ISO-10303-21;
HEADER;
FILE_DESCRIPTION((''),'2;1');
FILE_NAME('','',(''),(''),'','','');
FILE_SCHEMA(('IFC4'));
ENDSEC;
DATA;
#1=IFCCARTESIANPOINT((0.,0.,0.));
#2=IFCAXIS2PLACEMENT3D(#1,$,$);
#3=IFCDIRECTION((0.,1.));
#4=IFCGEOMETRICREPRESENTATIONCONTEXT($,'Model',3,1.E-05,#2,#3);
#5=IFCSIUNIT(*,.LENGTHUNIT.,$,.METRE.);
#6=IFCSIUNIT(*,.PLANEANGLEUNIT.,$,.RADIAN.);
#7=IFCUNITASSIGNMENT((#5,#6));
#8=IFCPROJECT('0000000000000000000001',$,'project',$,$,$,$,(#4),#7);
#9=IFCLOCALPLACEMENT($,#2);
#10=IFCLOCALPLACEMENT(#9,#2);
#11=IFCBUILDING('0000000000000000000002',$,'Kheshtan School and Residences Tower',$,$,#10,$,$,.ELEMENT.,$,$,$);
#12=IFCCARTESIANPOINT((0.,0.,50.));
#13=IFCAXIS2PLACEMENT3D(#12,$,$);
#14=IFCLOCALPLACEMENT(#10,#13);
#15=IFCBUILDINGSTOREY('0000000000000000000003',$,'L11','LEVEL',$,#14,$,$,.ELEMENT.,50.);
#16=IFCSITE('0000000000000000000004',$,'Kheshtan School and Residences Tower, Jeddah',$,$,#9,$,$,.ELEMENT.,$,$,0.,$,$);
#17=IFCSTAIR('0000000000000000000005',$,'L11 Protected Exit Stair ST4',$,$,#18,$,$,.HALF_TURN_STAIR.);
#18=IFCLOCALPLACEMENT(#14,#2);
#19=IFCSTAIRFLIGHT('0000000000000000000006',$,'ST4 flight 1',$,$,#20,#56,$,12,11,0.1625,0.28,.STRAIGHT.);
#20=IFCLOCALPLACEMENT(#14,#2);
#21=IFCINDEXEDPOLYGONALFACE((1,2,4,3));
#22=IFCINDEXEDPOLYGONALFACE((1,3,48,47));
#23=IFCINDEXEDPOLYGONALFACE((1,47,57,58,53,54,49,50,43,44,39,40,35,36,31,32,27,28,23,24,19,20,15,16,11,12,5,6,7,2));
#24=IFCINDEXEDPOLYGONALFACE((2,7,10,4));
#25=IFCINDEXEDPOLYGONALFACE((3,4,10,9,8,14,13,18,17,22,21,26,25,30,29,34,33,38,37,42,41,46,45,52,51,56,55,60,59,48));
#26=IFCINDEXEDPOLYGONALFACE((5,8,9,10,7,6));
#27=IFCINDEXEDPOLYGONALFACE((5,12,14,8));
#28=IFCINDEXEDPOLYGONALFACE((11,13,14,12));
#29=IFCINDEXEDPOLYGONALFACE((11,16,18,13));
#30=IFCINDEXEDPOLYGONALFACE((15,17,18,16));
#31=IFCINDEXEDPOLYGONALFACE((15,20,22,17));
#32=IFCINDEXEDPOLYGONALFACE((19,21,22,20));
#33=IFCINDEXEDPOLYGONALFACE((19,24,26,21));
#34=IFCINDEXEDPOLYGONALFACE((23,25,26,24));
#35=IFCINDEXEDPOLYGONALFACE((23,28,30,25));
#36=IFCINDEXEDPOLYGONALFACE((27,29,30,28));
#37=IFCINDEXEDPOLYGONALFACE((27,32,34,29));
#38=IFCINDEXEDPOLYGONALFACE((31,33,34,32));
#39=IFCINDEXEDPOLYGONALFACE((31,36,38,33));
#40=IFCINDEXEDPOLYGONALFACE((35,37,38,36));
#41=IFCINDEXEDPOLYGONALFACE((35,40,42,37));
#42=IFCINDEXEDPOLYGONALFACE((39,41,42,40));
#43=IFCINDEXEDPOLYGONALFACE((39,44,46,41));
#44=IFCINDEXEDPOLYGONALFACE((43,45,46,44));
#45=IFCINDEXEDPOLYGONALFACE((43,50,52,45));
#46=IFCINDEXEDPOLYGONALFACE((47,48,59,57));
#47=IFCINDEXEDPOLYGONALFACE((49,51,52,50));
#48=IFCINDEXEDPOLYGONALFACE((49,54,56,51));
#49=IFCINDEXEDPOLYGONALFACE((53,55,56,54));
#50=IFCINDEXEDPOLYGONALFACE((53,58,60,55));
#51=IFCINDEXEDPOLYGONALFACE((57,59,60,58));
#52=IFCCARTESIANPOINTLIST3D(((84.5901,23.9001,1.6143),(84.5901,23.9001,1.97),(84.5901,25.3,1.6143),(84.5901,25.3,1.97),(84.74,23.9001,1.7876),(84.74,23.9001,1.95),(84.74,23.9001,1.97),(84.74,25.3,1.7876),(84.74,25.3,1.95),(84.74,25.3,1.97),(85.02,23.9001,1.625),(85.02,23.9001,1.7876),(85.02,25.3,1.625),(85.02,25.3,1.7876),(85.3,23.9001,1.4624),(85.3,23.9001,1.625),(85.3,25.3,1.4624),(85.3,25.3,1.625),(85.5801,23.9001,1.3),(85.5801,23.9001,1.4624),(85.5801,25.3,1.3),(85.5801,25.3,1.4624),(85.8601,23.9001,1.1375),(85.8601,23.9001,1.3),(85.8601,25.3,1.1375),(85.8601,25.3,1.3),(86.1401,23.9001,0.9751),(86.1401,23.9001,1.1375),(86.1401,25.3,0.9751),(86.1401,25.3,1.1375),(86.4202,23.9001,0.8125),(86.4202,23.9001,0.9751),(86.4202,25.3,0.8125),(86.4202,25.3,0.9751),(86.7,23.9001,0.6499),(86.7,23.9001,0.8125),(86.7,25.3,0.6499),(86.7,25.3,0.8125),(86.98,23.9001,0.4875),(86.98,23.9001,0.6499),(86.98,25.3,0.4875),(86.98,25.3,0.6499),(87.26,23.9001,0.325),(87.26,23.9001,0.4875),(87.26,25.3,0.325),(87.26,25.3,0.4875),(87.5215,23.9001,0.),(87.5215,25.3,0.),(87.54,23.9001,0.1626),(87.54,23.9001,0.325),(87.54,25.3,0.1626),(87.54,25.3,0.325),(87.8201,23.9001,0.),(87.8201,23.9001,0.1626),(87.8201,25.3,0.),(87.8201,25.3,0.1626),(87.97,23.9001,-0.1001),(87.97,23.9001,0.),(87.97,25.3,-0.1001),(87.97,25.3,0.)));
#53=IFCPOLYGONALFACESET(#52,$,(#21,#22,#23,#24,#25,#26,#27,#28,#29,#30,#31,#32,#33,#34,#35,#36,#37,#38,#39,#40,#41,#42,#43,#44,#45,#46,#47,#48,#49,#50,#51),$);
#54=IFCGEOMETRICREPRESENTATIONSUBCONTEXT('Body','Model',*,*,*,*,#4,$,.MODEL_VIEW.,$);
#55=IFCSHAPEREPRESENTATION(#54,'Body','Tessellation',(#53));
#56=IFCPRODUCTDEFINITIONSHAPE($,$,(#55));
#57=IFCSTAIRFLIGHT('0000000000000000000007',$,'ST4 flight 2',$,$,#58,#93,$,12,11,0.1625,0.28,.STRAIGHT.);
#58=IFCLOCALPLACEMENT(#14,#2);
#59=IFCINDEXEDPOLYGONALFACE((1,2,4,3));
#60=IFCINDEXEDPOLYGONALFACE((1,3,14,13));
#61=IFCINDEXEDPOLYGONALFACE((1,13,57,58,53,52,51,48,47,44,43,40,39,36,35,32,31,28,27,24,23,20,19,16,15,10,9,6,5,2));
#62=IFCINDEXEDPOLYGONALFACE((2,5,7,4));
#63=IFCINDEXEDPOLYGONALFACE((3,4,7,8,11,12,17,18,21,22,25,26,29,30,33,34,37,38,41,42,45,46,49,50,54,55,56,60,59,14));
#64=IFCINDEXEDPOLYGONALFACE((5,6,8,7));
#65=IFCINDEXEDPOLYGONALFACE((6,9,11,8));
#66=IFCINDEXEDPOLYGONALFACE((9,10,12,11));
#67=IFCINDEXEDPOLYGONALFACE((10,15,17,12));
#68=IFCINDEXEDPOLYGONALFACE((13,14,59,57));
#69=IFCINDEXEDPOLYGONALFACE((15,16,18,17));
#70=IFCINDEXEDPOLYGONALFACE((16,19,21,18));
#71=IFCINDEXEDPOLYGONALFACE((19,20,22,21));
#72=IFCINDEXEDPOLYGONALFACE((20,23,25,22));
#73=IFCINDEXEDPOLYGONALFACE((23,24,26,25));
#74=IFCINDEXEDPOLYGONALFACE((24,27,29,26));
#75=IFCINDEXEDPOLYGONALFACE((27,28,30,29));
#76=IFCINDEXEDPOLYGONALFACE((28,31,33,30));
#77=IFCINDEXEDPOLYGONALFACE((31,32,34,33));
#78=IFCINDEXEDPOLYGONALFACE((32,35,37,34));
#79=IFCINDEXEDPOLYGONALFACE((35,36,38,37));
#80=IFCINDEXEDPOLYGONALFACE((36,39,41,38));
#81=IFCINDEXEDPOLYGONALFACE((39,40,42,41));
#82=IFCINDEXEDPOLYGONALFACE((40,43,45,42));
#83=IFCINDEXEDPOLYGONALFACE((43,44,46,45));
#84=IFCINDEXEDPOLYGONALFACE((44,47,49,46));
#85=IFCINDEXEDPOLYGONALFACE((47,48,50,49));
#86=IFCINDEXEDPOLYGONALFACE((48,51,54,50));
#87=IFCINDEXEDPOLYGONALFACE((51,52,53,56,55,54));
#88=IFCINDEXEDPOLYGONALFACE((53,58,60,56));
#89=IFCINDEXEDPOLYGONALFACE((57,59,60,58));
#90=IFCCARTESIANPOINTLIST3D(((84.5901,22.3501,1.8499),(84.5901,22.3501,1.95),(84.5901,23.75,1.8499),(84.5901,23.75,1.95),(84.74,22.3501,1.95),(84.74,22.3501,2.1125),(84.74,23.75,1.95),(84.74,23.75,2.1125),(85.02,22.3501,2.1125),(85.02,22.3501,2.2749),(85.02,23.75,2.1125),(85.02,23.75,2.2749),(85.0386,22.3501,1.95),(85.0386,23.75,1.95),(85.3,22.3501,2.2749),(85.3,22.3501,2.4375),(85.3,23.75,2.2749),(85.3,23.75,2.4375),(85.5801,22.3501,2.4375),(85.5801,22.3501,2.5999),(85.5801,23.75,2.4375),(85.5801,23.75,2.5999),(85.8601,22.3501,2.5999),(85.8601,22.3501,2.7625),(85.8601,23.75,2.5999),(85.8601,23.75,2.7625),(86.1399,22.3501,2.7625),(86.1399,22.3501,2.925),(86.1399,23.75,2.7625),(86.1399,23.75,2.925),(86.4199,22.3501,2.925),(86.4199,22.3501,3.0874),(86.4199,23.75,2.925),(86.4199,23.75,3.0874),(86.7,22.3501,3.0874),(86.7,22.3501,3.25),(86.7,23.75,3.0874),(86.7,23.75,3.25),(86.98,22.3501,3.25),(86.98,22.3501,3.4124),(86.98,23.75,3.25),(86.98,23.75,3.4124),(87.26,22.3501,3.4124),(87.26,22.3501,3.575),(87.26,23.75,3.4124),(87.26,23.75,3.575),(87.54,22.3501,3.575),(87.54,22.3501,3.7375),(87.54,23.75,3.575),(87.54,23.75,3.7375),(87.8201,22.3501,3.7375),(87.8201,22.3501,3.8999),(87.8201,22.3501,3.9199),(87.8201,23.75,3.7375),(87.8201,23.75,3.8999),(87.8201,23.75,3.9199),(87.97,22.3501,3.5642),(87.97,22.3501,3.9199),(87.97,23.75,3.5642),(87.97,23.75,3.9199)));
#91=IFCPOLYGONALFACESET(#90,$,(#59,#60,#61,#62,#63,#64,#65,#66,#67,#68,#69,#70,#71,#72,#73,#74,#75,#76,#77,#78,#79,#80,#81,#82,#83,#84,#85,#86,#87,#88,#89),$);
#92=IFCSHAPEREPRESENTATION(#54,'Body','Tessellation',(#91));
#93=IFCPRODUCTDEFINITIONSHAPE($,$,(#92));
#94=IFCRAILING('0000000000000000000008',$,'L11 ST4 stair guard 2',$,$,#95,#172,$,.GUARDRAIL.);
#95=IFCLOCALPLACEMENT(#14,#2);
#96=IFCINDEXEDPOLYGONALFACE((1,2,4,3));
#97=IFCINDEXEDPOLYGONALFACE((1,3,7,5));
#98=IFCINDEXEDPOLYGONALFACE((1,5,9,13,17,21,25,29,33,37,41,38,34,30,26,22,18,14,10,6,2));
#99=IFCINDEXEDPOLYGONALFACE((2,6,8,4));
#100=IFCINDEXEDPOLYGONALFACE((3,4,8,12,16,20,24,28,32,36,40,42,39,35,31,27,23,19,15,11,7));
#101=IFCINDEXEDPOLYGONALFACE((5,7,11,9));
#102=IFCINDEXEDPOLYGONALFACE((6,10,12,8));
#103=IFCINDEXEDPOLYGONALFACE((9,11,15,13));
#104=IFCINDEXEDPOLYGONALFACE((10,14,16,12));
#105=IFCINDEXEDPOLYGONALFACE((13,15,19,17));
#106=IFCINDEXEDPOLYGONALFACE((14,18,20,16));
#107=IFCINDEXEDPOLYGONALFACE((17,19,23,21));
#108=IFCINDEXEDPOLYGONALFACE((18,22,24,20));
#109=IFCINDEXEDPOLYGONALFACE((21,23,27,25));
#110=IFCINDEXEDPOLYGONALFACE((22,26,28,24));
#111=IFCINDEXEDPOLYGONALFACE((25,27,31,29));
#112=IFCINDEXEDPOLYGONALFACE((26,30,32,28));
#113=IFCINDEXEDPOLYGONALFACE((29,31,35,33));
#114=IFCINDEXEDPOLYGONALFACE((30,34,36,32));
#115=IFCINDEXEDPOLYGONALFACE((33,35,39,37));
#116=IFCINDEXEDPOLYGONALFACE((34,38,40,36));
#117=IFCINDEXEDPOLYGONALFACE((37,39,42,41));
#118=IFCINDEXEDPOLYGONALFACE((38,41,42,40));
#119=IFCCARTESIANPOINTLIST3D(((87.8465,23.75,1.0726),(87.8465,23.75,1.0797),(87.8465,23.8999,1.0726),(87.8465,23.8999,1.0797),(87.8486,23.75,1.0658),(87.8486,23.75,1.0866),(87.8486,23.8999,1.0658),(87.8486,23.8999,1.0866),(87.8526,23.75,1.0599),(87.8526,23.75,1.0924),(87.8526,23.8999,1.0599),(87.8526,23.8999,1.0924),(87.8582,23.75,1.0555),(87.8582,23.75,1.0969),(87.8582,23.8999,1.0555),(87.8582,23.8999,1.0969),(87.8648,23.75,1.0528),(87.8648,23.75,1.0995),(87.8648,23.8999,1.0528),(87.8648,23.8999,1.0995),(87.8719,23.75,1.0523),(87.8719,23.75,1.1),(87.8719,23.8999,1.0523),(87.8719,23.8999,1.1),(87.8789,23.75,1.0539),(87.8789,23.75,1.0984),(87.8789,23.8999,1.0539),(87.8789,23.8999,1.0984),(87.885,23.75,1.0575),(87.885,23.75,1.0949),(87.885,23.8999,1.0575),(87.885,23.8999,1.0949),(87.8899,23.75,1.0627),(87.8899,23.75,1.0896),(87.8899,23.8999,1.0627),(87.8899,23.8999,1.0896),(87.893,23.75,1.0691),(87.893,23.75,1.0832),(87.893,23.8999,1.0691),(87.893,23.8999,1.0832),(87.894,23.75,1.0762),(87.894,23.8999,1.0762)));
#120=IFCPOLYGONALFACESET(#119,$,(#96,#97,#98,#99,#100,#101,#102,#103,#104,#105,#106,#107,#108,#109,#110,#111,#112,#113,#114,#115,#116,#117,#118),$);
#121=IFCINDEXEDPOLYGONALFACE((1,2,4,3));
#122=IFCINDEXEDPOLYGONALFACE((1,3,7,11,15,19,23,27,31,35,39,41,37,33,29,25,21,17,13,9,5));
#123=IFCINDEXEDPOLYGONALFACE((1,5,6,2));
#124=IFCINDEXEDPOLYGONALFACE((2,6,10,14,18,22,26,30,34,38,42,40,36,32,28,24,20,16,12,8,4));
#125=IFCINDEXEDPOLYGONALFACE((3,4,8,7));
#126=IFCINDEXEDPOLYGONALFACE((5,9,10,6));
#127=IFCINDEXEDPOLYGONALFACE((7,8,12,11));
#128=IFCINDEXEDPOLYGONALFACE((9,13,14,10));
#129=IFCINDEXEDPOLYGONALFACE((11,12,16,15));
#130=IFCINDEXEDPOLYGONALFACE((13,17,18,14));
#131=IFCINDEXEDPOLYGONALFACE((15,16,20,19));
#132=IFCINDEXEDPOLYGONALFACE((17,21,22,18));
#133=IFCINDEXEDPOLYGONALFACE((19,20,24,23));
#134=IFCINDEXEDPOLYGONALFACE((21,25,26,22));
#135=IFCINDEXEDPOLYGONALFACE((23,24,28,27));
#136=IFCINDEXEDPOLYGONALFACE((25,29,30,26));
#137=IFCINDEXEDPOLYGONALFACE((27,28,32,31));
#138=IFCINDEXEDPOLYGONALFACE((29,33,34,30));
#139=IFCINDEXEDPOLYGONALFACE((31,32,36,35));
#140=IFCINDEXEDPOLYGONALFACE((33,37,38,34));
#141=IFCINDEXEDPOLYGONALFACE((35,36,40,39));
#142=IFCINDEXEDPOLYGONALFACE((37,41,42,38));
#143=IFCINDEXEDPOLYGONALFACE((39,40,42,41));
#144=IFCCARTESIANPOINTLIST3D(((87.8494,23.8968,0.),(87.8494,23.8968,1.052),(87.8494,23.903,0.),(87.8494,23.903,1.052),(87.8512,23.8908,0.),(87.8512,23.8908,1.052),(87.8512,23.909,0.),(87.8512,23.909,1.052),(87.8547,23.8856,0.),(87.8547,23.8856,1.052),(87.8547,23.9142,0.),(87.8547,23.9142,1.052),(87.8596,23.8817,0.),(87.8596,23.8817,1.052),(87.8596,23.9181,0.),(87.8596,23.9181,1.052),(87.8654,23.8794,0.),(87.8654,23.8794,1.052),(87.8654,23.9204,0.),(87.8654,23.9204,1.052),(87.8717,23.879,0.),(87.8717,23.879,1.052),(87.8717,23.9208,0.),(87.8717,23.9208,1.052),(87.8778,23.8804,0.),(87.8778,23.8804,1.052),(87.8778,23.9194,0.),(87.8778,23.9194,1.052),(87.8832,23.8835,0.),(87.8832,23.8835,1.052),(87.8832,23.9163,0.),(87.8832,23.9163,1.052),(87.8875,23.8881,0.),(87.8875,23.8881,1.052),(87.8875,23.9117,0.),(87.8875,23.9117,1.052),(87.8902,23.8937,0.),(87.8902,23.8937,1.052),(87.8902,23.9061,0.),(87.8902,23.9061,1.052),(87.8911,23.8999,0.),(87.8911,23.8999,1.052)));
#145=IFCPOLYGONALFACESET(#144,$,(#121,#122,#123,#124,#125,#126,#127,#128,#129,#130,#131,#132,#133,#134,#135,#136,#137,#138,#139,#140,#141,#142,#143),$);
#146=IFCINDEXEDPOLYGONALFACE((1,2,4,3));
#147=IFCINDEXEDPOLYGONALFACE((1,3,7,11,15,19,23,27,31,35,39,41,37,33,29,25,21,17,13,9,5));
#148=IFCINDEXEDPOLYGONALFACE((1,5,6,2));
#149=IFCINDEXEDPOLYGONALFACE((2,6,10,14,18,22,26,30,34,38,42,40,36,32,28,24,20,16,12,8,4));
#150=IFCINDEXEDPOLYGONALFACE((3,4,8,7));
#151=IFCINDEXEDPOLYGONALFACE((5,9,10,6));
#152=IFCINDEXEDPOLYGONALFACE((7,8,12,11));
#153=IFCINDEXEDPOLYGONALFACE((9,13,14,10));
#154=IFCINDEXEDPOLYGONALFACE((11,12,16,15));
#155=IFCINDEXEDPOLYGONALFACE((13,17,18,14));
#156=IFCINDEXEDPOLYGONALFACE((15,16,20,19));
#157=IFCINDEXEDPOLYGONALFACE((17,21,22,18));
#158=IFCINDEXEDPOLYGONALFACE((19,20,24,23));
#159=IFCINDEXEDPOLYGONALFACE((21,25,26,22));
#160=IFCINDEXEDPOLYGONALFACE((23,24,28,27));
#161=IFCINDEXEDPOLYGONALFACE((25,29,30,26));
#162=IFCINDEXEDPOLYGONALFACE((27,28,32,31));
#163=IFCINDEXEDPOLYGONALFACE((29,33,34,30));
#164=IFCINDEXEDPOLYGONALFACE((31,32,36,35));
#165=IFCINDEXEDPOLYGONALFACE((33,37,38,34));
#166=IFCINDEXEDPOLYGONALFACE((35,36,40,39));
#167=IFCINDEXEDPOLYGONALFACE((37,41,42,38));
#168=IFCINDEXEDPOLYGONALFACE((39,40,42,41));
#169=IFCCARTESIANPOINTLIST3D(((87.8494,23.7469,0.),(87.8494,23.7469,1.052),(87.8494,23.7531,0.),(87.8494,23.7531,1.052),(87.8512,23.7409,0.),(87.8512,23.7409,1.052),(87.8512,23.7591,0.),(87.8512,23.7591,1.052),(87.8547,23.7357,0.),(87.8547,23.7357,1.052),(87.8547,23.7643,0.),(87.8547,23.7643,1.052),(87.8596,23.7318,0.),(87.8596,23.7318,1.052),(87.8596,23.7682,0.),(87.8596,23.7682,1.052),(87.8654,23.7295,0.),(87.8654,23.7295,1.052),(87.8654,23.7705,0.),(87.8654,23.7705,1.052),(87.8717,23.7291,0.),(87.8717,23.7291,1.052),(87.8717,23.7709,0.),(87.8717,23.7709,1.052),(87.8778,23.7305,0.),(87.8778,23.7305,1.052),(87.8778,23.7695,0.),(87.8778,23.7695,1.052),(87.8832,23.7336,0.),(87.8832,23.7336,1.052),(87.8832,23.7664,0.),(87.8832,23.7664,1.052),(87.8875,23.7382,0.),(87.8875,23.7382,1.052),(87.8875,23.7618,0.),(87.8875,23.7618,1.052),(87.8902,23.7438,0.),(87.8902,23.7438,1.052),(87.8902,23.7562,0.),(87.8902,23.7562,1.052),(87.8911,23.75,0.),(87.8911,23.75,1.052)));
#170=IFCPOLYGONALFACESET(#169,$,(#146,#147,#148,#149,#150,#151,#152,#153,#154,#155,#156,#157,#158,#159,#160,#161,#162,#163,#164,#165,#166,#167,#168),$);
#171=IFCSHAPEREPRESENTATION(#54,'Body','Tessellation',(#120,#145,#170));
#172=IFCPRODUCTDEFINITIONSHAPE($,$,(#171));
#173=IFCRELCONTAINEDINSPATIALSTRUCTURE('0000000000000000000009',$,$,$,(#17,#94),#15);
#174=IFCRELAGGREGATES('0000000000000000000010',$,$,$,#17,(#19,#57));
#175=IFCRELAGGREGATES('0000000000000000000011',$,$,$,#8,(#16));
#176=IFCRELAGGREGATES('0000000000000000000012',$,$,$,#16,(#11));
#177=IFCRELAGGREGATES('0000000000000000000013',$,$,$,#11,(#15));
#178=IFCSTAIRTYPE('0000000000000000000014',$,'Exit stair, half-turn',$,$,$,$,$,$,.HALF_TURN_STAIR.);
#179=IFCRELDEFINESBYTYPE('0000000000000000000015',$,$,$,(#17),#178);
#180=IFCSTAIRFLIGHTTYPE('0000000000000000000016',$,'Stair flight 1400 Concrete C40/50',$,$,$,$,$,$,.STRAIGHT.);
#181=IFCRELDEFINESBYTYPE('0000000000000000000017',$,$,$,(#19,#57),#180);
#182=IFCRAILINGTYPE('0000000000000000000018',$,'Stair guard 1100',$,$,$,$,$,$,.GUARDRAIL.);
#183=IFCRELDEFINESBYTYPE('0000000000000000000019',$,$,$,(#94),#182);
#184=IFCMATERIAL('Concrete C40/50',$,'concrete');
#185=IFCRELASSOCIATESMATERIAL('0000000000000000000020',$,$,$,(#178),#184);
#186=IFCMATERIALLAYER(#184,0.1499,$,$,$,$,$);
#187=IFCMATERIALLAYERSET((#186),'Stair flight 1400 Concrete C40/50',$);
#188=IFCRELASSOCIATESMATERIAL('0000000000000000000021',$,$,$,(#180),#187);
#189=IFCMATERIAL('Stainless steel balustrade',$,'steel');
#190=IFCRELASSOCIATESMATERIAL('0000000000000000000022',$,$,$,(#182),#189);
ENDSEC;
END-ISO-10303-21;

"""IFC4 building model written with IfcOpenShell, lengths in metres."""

from ifc_helpers import new_model, si_unit, direction, frame, origin, origin_2d, place, context, subcontext, project, spatial, polyline, circle, outline, extrude, material, layer, layer_set, type_object, element, aggregate, save


model = new_model("IFC4")

# Units and contexts
model_context = context("Model", 3, precision=1e-05, world=origin(), true_north=direction((0.0, 1.0)))
body_context = subcontext(model_context, "Body", "Model", "MODEL_VIEW")
ifc_project = project(units=[si_unit("LENGTHUNIT", "METRE"), si_unit("PLANEANGLEUNIT", "RADIAN")], contexts=[model_context])

# Site, building, storey
site_placement = place(None, origin())
site = spatial("IfcSite", under=ifc_project, at=site_placement, Name="Kheshtan School and Residences Tower, Jeddah", CompositionType="ELEMENT", RefElevation=0.0)
building_placement = place(site_placement, origin())
building = spatial("IfcBuilding", under=site, at=building_placement, Name="Kheshtan School and Residences Tower", CompositionType="ELEMENT")
storey_placement = place(building_placement, frame((0.0, 0.0, 50.0)))
storey = spatial("IfcBuildingStorey", under=building, at=storey_placement, Name="L11", Description="LEVEL", CompositionType="ELEMENT", Elevation=50.0)

# Shared definitions
ifc_material_1 = material(Name="Concrete C40/50", Category="concrete")

# Stair, stair flights
stair_type = type_object("IfcStairType", Name="Exit stair, half-turn", PredefinedType="HALF_TURN_STAIR", material=ifc_material_1)
stair_placement = place(storey_placement, origin())
stair = element("IfcStair", 1, at=stair_placement, inside=storey, type_object=stair_type, Name="L11 Protected Exit Stair ST4", PredefinedType="HALF_TURN_STAIR")
ifc_layer_1 = layer(ifc_material_1, 0.1499)
ifc_layer_set_1 = layer_set([ifc_layer_1], Name="Stair flight 1400 Concrete C40/50")
stair_flight_type = type_object("IfcStairFlightType", Name="Stair flight 1400 Concrete C40/50", PredefinedType="STRAIGHT", material=ifc_layer_set_1)
stair_flight_1_placement = place(storey_placement, frame((87.8201, 24.6001, 0.0), z_axis=(0.0, 0.0, 1.0), x_axis=(-1.0, 0.0, 0.0)))
stair_flight_1 = element("IfcStairFlight", 2, at=stair_flight_1_placement, type_object=stair_flight_type, Name="ST4 flight 1", NumberOfRisers=12, NumberOfTreads=11, PredefinedType="STRAIGHT", RiserHeight=0.1625, TreadLength=0.28, context=body_context, shape_type="SweptSolid", body=[
    extrude(outline(polyline([(-0.1499, -0.1001), (-0.1499, 0.0), (0.0, 0.0), (0.0, 0.1626), (0.28, 0.1626), (0.28, 0.325), (0.5601, 0.325), (0.5601, 0.4875), (0.8401, 0.4875), (0.8401, 0.6499), (1.1201, 0.6499), (1.1201, 0.8125), (1.3999, 0.8125), (1.3999, 0.9751), (1.6799, 0.9751), (1.6799, 1.1375), (1.96, 1.1375), (1.96, 1.3), (2.24, 1.3), (2.24, 1.4624), (2.52, 1.4624), (2.52, 1.625), (2.8, 1.625), (2.8, 1.7876), (3.0801, 1.7876), (3.0801, 1.95), (3.0801, 1.97), (3.23, 1.97), (3.23, 1.6143), (0.2986, 0.0), (-0.1499, -0.1001)])), frame((0.0, 0.7, 0.0), z_axis=(0.0, -1.0, 0.0), x_axis=(1.0, 0.0, 0.0)), (0.0, 0.0, 1.0), 1.3999),
])
stair_flight_2_placement = place(storey_placement, frame((84.74, 23.05, 1.95), z_axis=(0.0, 0.0, 1.0), x_axis=(1.0, 0.0, 0.0)))
stair_flight_2 = element("IfcStairFlight", 3, at=stair_flight_2_placement, type_object=stair_flight_type, Name="ST4 flight 2", NumberOfRisers=12, NumberOfTreads=11, PredefinedType="STRAIGHT", RiserHeight=0.1625, TreadLength=0.28, context=body_context, shape_type="SweptSolid", body=[
    extrude(outline(polyline([(-0.1499, -0.1001), (-0.1499, 0.0), (0.0, 0.0), (0.0, 0.1626), (0.28, 0.1626), (0.28, 0.325), (0.5601, 0.325), (0.5601, 0.4875), (0.8401, 0.4875), (0.8401, 0.6499), (1.1201, 0.6499), (1.1201, 0.8125), (1.3999, 0.8125), (1.3999, 0.9751), (1.6799, 0.9751), (1.6799, 1.1375), (1.96, 1.1375), (1.96, 1.3), (2.24, 1.3), (2.24, 1.4624), (2.52, 1.4624), (2.52, 1.625), (2.8, 1.625), (2.8, 1.7876), (3.0801, 1.7876), (3.0801, 1.95), (3.0801, 1.97), (3.23, 1.97), (3.23, 1.6143), (0.2986, 0.0), (-0.1499, -0.1001)])), frame((0.0, 0.7, 0.0), z_axis=(0.0, -1.0, 0.0), x_axis=(1.0, 0.0, 0.0)), (0.0, 0.0, 1.0), 1.3999),
])
aggregate(stair, [stair_flight_1, stair_flight_2])

# Railing
ifc_material_2 = material(Name="Stainless steel balustrade", Category="steel")
railing_type_1 = type_object("IfcRailingType", Name="Stair guard 1100", PredefinedType="GUARDRAIL", material=ifc_material_2)
railing_1_placement = place(storey_placement, frame((87.8701, 23.8999, 0.0)))
element("IfcRailing", 4, at=railing_1_placement, inside=storey, type_object=railing_type_1, Name="L11 ST4 stair guard 2", PredefinedType="GUARDRAIL", context=body_context, shape_type="SweptSolid", body=[
    extrude(circle(Radius=0.0239, at=origin_2d()), frame((0.0, 0.0, 1.0762), z_axis=(0.0, -1.0, 0.0), x_axis=(1.0, 0.0, 0.0)), (0.0, 0.0, 1.0), 0.1499),
    extrude(circle(Radius=0.021, at=origin_2d()), origin(), (0.0, 0.0, 1.0), 1.052),
    extrude(circle(Radius=0.021, at=origin_2d()), frame((0.0, -0.1499, 0.0)), (0.0, 0.0, 1.0), 1.052),
])

save(model, "model.ifc")
